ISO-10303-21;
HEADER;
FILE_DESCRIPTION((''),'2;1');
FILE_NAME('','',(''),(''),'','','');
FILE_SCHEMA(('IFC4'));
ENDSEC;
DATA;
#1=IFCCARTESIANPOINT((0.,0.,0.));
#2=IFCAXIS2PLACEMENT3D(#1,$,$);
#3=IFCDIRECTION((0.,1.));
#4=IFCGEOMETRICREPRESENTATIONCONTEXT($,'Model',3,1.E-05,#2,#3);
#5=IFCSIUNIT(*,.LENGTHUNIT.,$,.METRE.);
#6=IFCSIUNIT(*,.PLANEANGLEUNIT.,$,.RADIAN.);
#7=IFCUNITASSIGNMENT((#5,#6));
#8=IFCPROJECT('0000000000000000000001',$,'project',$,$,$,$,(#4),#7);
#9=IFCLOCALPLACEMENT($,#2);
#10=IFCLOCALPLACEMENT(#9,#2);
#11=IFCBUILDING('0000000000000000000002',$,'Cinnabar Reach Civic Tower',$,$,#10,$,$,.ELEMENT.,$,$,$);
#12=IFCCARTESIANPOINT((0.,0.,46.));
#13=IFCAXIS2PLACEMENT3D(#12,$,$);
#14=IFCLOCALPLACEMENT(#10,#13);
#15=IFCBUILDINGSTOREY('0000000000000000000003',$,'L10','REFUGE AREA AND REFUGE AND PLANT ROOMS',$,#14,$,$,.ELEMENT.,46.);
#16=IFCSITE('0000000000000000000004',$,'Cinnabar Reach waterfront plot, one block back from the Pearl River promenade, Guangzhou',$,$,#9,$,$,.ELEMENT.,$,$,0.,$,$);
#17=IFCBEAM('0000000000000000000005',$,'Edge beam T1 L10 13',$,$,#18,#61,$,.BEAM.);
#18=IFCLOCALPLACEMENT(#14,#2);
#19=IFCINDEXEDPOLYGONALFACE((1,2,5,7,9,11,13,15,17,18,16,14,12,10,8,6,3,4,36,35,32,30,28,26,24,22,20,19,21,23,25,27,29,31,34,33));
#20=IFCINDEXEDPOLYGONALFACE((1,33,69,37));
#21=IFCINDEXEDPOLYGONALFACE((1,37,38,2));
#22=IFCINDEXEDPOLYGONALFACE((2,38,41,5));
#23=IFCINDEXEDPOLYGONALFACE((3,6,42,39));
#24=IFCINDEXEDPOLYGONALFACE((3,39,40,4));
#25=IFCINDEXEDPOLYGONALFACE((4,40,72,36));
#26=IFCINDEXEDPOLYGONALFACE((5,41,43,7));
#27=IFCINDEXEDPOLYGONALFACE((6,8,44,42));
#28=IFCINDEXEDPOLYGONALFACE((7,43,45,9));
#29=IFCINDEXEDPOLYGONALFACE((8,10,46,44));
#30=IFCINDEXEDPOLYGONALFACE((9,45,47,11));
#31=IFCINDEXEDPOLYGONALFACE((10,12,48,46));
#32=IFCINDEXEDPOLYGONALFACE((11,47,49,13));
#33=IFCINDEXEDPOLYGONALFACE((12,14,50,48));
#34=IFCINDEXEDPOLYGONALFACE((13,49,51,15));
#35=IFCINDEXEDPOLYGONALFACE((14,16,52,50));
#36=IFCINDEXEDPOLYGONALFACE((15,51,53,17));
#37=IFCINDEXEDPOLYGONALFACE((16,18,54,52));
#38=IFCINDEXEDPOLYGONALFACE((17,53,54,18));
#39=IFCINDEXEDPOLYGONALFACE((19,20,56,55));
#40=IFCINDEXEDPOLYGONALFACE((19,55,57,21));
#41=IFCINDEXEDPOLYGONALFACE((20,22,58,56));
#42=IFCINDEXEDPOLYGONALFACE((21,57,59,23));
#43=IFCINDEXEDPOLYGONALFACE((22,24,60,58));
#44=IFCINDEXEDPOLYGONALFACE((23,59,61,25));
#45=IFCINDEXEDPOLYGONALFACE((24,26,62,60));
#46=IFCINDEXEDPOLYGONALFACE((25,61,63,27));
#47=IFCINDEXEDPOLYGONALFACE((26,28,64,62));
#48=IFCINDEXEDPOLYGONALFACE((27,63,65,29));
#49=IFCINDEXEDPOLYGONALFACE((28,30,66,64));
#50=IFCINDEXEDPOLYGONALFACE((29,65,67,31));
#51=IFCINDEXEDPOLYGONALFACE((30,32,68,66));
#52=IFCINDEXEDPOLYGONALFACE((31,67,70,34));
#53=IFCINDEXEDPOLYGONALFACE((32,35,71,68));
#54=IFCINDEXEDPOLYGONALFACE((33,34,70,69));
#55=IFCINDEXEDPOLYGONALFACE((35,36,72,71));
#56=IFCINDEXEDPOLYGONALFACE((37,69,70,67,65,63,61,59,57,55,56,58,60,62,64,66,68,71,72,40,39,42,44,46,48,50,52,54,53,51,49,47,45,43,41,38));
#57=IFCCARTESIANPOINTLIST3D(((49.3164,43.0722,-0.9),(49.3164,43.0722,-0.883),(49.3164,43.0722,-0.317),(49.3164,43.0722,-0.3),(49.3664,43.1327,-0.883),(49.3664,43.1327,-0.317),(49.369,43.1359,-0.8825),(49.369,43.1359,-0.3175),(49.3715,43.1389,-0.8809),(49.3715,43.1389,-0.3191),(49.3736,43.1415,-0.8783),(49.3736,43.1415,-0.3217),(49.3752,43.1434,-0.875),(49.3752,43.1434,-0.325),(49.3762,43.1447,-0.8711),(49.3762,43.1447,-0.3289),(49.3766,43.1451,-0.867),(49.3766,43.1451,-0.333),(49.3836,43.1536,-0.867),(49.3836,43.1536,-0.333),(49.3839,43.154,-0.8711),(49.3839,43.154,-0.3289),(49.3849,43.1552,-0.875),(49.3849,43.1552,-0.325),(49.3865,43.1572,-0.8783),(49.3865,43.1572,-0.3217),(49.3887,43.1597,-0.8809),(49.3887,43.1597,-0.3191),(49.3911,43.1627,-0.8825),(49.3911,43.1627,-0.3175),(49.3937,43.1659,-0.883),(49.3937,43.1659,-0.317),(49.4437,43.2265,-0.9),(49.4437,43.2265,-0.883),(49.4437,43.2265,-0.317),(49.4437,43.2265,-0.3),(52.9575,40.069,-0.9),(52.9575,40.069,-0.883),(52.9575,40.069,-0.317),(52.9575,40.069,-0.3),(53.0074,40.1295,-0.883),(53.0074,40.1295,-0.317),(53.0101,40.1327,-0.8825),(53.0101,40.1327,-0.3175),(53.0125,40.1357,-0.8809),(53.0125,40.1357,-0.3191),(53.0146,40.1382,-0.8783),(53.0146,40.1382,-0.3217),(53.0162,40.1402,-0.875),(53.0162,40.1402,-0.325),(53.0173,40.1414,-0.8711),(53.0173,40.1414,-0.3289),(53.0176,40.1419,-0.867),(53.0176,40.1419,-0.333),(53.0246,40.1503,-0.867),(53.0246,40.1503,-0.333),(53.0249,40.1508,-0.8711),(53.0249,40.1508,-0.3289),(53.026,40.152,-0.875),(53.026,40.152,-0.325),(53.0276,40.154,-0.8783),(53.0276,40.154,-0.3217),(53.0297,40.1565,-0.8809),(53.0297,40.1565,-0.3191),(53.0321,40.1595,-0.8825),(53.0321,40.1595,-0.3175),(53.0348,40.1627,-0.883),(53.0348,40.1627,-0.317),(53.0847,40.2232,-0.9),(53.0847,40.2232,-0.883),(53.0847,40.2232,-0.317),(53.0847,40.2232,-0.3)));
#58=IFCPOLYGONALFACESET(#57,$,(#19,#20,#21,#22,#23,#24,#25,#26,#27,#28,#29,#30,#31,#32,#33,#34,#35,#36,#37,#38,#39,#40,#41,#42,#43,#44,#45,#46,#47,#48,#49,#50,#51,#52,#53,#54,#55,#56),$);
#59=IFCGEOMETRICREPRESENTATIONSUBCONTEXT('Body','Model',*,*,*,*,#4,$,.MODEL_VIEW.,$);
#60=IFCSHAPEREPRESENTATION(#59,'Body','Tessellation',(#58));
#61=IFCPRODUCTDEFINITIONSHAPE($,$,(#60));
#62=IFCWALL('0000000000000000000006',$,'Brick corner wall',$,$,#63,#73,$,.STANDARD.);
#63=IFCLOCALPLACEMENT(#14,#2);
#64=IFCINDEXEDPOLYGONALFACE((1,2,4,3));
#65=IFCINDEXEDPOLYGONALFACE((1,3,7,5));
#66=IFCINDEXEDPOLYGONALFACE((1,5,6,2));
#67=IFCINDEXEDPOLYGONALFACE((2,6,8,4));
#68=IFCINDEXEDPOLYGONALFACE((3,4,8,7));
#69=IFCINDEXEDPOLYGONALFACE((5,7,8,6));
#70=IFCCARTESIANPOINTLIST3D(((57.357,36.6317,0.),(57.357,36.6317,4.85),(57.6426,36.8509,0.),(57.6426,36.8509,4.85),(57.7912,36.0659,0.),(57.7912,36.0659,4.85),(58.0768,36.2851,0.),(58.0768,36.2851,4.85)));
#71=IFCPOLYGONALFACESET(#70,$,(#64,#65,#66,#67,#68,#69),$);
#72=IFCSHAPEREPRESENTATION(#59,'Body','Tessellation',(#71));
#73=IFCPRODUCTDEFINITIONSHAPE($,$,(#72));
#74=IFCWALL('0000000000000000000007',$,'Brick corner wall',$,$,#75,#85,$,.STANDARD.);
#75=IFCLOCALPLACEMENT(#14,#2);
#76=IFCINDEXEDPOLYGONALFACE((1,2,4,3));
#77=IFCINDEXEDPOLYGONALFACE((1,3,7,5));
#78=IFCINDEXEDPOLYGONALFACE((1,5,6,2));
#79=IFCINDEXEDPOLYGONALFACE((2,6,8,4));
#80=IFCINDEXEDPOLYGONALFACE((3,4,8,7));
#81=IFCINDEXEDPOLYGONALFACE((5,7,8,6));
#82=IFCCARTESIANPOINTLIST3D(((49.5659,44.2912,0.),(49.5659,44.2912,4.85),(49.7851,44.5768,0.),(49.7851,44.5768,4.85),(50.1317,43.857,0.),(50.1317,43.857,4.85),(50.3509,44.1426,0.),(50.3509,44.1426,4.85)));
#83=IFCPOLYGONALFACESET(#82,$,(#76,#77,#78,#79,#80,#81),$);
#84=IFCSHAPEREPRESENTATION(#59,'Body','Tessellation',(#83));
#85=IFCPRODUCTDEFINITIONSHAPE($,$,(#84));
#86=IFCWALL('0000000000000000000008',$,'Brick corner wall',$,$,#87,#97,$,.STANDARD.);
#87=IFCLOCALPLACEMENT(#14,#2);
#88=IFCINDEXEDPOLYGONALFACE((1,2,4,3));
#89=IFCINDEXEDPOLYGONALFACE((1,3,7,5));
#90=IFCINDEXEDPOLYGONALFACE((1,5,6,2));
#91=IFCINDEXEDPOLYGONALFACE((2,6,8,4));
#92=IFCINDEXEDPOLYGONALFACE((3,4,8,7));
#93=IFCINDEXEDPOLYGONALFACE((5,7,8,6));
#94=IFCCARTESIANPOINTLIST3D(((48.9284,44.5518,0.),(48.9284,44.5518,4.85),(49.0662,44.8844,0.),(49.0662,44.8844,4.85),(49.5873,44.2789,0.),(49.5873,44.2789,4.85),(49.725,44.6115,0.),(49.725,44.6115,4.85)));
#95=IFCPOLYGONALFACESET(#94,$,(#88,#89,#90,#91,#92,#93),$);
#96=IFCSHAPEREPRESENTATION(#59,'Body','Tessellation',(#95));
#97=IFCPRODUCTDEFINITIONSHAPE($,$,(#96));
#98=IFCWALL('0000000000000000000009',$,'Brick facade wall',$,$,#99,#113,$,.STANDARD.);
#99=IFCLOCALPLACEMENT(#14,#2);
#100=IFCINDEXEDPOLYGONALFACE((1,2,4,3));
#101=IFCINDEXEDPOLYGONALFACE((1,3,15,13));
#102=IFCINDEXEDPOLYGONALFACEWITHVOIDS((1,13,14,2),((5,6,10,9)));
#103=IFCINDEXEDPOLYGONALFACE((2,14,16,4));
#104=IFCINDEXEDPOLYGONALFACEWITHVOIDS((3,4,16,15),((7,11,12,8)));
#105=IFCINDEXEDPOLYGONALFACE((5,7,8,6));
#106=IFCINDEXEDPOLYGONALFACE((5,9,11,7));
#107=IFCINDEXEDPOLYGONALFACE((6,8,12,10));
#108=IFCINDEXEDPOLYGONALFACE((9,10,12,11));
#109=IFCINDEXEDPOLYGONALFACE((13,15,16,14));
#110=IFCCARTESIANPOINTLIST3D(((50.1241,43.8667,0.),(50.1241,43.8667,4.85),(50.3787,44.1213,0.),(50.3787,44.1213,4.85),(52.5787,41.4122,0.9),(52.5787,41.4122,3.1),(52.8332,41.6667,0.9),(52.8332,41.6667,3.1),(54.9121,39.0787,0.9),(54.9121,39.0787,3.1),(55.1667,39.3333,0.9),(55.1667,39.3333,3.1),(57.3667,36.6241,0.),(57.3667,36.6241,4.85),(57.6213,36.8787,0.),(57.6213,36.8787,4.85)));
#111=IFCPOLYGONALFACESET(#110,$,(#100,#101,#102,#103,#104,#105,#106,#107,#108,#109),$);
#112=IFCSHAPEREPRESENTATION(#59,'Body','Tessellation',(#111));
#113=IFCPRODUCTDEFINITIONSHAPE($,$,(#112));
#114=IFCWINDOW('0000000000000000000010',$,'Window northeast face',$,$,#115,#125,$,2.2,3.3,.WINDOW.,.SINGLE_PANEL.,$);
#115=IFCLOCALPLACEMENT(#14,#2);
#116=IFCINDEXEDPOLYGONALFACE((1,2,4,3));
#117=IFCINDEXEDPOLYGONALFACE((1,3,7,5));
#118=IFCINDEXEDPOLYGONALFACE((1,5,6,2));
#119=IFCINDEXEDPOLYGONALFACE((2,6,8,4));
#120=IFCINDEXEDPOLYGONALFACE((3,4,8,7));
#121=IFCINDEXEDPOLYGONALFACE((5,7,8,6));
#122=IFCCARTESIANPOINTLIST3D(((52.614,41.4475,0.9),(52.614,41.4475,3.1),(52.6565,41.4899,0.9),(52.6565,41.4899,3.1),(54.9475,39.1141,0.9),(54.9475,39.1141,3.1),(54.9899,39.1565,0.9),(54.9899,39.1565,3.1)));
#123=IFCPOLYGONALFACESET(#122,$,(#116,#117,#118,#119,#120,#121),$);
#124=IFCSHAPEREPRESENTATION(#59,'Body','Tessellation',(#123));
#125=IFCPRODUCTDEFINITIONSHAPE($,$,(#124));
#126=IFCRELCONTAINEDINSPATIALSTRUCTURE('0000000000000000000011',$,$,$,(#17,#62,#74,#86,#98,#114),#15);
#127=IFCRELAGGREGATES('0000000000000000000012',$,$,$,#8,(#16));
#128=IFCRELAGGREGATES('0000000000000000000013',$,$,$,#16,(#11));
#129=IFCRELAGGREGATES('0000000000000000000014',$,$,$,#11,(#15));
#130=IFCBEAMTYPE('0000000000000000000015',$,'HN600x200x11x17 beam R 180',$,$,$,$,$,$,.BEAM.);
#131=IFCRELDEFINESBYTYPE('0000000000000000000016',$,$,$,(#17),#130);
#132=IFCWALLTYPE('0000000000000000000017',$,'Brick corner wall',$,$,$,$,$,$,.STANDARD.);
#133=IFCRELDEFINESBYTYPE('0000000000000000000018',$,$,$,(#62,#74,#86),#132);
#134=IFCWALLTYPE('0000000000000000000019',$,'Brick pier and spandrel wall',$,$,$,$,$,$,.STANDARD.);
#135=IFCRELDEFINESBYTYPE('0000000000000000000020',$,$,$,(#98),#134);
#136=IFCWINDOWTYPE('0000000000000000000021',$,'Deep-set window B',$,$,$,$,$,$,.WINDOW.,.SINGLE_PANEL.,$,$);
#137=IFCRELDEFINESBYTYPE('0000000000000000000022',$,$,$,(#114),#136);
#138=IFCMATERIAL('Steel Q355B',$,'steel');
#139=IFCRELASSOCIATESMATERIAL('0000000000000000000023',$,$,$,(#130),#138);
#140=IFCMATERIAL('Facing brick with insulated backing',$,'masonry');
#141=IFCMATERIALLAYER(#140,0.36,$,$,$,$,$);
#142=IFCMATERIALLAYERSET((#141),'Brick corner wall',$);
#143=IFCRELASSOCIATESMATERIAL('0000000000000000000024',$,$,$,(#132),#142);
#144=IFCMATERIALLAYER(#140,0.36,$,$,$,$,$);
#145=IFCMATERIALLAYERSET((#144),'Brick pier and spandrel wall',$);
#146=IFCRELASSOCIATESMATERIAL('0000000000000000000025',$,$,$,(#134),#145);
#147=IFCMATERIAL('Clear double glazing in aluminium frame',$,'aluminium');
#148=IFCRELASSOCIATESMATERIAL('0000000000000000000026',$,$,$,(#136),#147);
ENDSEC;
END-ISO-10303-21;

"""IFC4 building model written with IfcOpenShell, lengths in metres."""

from ifc_helpers import new_model, si_unit, direction, frame, frame_2d, origin, origin_2d, place, context, subcontext, project, spatial, rectangle, i_section, extrude, material, layer, layer_set, material_profile, profile_set, type_object, element, fill, save


model = new_model("IFC4")

# Units and contexts
model_context = context("Model", 3, precision=1e-05, world=origin(), true_north=direction((0.0, 1.0)))
body_context = subcontext(model_context, "Body", "Model", "MODEL_VIEW")
ifc_project = project(units=[si_unit("LENGTHUNIT", "METRE"), si_unit("PLANEANGLEUNIT", "RADIAN")], contexts=[model_context])

# Site, building, storey
site_placement = place(None, origin())
site = spatial("IfcSite", under=ifc_project, at=site_placement, Name="Cinnabar Reach waterfront plot, one block back from the Pearl River promenade, Guangzhou", CompositionType="ELEMENT", RefElevation=0.0)
building_placement = place(site_placement, origin())
building = spatial("IfcBuilding", under=site, at=building_placement, Name="Cinnabar Reach Civic Tower", CompositionType="ELEMENT")
storey_placement = place(building_placement, frame((0.0, 0.0, 46.0)))
storey = spatial("IfcBuildingStorey", under=building, at=storey_placement, Name="L10", Description="REFUGE AREA AND REFUGE AND PLANT ROOMS", CompositionType="ELEMENT", Elevation=46.0)

# Beam
ifc_material_1 = material(Name="Steel Q355B", Category="steel")
ifc_material_profile_1 = material_profile(ifc_material_1, i_section(OverallWidth=0.2, OverallDepth=0.6, WebThickness=0.011, FlangeThickness=0.017, FilletRadius=0.016, at=origin_2d()), Name="HN600x200x11x17")
ifc_profile_set_1 = profile_set([ifc_material_profile_1], Name="Steel Q355B")
beam_type_1 = type_object("IfcBeamType", Name="HN600x200x11x17 beam R 180", PredefinedType="BEAM", material=ifc_profile_set_1)
beam_1_placement = place(storey_placement, frame((53.0211, 40.1461, -0.6), z_axis=(-0.771438, 0.636304, 0.0), x_axis=(-0.636304, -0.771438, 0.0)))
element("IfcBeam", 1, at=beam_1_placement, inside=storey, type_object=beam_type_1, Name="Edge beam T1 L10 13", PredefinedType="BEAM", context=body_context, shape_type="SweptSolid", body=[
    extrude(i_section(OverallWidth=0.2, OverallDepth=0.6, WebThickness=0.011, FlangeThickness=0.017, FilletRadius=0.016, at=origin_2d()), origin(), (0.0, 0.0, 1.0), 4.7198),
])

# Walls
ifc_material_2 = material(Name="Facing brick with insulated backing", Category="masonry")
ifc_layer_1 = layer(ifc_material_2, 0.36)
ifc_layer_set_1 = layer_set([ifc_layer_1], Name="Brick corner wall")
wall_type_1 = type_object("IfcWallType", Name="Brick corner wall", PredefinedType="STANDARD", material=ifc_layer_set_1)
for number, where, z_axis, x_axis, name in (
    (2, (57.934, 36.1755, 0.0), (0.0, 0.0, 1.0), (-0.608802, 0.793322, 0.0), "Brick corner wall"),
    (3, (50.2413, 43.9998, 0.0), (0.0, 0.0, 1.0), (-0.793322, 0.608802, 0.0), "Brick corner wall"),
):
    element("IfcWall", number, at=place(storey_placement, frame(where, z_axis=z_axis, x_axis=x_axis)), inside=storey, type_object=wall_type_1, Name=name, PredefinedType="STANDARD", context=body_context, shape_type="SweptSolid", body=[
        extrude(rectangle(XDim=0.7132, YDim=0.36, at=frame_2d((0.3566, 0.0))), origin(), (0.0, 0.0, 1.0), 4.85),
    ])
wall_1_placement = place(storey_placement, frame((49.6561, 44.4452, 0.0), z_axis=(0.0, 0.0, 1.0), x_axis=(-0.923872, 0.382703, 0.0)))
element("IfcWall", 4, at=wall_1_placement, inside=storey, type_object=wall_type_1, Name="Brick corner wall", PredefinedType="STANDARD", context=body_context, shape_type="SweptSolid", body=[
    extrude(rectangle(XDim=0.7131, YDim=0.36, at=frame_2d((0.3565, 0.0))), origin(), (0.0, 0.0, 1.0), 4.85),
])

# Wall, opening, window
ifc_layer_2 = layer(ifc_material_2, 0.36)
ifc_layer_set_2 = layer_set([ifc_layer_2], Name="Brick pier and spandrel wall")
wall_type_2 = type_object("IfcWallType", Name="Brick pier and spandrel wall", PredefinedType="STANDARD", material=ifc_layer_set_2)
wall_2_placement = place(storey_placement, frame((57.494, 36.7514, 0.0), z_axis=(0.0, 0.0, 1.0), x_axis=(-0.707107, 0.707107, 0.0)))
wall_2 = element("IfcWall", 5, at=wall_2_placement, inside=storey, type_object=wall_type_2, Name="Brick facade wall", PredefinedType="STANDARD", context=body_context, shape_type="SweptSolid", body=[
    extrude(rectangle(XDim=10.2426, YDim=0.36, at=frame_2d((5.1213, 0.0))), origin(), (0.0, 0.0, 1.0), 4.85),
])
opening_placement = place(wall_2_placement, frame((3.4713, 0.0, 0.9)))
opening = element("IfcOpeningElement", 6, at=opening_placement, cuts=wall_2, PredefinedType="OPENING", context=body_context, shape_type="SweptSolid", body=[
    extrude(rectangle(XDim=3.3, YDim=2.2, at=frame_2d((1.65, 1.1))), frame((0.0, 0.19, 0.0), z_axis=(0.0, -1.0, 0.0), x_axis=(1.0, 0.0, 0.0)), (0.0, 0.0, 1.0), 0.38),
])
ifc_material_3 = material(Name="Clear double glazing in aluminium frame", Category="aluminium")
window_type = type_object("IfcWindowType", Name="Deep-set window B", PartitioningType="SINGLE_PANEL", PredefinedType="WINDOW", material=ifc_material_3)
window_placement = place(opening_placement, origin())
window = element("IfcWindow", 7, at=window_placement, inside=storey, type_object=window_type, Name="Window northeast face", OverallHeight=2.2, OverallWidth=3.3, PartitioningType="SINGLE_PANEL", PredefinedType="WINDOW", context=body_context, shape_type="SweptSolid", body=[
    extrude(rectangle(XDim=3.3, YDim=2.2, at=frame_2d((1.65, 1.1))), frame((0.0, 0.13, 0.0), z_axis=(0.0, -1.0, 0.0), x_axis=(1.0, 0.0, 0.0)), (0.0, 0.0, 1.0), 0.06),
])
fill(opening, window)

save(model, "model.ifc")
